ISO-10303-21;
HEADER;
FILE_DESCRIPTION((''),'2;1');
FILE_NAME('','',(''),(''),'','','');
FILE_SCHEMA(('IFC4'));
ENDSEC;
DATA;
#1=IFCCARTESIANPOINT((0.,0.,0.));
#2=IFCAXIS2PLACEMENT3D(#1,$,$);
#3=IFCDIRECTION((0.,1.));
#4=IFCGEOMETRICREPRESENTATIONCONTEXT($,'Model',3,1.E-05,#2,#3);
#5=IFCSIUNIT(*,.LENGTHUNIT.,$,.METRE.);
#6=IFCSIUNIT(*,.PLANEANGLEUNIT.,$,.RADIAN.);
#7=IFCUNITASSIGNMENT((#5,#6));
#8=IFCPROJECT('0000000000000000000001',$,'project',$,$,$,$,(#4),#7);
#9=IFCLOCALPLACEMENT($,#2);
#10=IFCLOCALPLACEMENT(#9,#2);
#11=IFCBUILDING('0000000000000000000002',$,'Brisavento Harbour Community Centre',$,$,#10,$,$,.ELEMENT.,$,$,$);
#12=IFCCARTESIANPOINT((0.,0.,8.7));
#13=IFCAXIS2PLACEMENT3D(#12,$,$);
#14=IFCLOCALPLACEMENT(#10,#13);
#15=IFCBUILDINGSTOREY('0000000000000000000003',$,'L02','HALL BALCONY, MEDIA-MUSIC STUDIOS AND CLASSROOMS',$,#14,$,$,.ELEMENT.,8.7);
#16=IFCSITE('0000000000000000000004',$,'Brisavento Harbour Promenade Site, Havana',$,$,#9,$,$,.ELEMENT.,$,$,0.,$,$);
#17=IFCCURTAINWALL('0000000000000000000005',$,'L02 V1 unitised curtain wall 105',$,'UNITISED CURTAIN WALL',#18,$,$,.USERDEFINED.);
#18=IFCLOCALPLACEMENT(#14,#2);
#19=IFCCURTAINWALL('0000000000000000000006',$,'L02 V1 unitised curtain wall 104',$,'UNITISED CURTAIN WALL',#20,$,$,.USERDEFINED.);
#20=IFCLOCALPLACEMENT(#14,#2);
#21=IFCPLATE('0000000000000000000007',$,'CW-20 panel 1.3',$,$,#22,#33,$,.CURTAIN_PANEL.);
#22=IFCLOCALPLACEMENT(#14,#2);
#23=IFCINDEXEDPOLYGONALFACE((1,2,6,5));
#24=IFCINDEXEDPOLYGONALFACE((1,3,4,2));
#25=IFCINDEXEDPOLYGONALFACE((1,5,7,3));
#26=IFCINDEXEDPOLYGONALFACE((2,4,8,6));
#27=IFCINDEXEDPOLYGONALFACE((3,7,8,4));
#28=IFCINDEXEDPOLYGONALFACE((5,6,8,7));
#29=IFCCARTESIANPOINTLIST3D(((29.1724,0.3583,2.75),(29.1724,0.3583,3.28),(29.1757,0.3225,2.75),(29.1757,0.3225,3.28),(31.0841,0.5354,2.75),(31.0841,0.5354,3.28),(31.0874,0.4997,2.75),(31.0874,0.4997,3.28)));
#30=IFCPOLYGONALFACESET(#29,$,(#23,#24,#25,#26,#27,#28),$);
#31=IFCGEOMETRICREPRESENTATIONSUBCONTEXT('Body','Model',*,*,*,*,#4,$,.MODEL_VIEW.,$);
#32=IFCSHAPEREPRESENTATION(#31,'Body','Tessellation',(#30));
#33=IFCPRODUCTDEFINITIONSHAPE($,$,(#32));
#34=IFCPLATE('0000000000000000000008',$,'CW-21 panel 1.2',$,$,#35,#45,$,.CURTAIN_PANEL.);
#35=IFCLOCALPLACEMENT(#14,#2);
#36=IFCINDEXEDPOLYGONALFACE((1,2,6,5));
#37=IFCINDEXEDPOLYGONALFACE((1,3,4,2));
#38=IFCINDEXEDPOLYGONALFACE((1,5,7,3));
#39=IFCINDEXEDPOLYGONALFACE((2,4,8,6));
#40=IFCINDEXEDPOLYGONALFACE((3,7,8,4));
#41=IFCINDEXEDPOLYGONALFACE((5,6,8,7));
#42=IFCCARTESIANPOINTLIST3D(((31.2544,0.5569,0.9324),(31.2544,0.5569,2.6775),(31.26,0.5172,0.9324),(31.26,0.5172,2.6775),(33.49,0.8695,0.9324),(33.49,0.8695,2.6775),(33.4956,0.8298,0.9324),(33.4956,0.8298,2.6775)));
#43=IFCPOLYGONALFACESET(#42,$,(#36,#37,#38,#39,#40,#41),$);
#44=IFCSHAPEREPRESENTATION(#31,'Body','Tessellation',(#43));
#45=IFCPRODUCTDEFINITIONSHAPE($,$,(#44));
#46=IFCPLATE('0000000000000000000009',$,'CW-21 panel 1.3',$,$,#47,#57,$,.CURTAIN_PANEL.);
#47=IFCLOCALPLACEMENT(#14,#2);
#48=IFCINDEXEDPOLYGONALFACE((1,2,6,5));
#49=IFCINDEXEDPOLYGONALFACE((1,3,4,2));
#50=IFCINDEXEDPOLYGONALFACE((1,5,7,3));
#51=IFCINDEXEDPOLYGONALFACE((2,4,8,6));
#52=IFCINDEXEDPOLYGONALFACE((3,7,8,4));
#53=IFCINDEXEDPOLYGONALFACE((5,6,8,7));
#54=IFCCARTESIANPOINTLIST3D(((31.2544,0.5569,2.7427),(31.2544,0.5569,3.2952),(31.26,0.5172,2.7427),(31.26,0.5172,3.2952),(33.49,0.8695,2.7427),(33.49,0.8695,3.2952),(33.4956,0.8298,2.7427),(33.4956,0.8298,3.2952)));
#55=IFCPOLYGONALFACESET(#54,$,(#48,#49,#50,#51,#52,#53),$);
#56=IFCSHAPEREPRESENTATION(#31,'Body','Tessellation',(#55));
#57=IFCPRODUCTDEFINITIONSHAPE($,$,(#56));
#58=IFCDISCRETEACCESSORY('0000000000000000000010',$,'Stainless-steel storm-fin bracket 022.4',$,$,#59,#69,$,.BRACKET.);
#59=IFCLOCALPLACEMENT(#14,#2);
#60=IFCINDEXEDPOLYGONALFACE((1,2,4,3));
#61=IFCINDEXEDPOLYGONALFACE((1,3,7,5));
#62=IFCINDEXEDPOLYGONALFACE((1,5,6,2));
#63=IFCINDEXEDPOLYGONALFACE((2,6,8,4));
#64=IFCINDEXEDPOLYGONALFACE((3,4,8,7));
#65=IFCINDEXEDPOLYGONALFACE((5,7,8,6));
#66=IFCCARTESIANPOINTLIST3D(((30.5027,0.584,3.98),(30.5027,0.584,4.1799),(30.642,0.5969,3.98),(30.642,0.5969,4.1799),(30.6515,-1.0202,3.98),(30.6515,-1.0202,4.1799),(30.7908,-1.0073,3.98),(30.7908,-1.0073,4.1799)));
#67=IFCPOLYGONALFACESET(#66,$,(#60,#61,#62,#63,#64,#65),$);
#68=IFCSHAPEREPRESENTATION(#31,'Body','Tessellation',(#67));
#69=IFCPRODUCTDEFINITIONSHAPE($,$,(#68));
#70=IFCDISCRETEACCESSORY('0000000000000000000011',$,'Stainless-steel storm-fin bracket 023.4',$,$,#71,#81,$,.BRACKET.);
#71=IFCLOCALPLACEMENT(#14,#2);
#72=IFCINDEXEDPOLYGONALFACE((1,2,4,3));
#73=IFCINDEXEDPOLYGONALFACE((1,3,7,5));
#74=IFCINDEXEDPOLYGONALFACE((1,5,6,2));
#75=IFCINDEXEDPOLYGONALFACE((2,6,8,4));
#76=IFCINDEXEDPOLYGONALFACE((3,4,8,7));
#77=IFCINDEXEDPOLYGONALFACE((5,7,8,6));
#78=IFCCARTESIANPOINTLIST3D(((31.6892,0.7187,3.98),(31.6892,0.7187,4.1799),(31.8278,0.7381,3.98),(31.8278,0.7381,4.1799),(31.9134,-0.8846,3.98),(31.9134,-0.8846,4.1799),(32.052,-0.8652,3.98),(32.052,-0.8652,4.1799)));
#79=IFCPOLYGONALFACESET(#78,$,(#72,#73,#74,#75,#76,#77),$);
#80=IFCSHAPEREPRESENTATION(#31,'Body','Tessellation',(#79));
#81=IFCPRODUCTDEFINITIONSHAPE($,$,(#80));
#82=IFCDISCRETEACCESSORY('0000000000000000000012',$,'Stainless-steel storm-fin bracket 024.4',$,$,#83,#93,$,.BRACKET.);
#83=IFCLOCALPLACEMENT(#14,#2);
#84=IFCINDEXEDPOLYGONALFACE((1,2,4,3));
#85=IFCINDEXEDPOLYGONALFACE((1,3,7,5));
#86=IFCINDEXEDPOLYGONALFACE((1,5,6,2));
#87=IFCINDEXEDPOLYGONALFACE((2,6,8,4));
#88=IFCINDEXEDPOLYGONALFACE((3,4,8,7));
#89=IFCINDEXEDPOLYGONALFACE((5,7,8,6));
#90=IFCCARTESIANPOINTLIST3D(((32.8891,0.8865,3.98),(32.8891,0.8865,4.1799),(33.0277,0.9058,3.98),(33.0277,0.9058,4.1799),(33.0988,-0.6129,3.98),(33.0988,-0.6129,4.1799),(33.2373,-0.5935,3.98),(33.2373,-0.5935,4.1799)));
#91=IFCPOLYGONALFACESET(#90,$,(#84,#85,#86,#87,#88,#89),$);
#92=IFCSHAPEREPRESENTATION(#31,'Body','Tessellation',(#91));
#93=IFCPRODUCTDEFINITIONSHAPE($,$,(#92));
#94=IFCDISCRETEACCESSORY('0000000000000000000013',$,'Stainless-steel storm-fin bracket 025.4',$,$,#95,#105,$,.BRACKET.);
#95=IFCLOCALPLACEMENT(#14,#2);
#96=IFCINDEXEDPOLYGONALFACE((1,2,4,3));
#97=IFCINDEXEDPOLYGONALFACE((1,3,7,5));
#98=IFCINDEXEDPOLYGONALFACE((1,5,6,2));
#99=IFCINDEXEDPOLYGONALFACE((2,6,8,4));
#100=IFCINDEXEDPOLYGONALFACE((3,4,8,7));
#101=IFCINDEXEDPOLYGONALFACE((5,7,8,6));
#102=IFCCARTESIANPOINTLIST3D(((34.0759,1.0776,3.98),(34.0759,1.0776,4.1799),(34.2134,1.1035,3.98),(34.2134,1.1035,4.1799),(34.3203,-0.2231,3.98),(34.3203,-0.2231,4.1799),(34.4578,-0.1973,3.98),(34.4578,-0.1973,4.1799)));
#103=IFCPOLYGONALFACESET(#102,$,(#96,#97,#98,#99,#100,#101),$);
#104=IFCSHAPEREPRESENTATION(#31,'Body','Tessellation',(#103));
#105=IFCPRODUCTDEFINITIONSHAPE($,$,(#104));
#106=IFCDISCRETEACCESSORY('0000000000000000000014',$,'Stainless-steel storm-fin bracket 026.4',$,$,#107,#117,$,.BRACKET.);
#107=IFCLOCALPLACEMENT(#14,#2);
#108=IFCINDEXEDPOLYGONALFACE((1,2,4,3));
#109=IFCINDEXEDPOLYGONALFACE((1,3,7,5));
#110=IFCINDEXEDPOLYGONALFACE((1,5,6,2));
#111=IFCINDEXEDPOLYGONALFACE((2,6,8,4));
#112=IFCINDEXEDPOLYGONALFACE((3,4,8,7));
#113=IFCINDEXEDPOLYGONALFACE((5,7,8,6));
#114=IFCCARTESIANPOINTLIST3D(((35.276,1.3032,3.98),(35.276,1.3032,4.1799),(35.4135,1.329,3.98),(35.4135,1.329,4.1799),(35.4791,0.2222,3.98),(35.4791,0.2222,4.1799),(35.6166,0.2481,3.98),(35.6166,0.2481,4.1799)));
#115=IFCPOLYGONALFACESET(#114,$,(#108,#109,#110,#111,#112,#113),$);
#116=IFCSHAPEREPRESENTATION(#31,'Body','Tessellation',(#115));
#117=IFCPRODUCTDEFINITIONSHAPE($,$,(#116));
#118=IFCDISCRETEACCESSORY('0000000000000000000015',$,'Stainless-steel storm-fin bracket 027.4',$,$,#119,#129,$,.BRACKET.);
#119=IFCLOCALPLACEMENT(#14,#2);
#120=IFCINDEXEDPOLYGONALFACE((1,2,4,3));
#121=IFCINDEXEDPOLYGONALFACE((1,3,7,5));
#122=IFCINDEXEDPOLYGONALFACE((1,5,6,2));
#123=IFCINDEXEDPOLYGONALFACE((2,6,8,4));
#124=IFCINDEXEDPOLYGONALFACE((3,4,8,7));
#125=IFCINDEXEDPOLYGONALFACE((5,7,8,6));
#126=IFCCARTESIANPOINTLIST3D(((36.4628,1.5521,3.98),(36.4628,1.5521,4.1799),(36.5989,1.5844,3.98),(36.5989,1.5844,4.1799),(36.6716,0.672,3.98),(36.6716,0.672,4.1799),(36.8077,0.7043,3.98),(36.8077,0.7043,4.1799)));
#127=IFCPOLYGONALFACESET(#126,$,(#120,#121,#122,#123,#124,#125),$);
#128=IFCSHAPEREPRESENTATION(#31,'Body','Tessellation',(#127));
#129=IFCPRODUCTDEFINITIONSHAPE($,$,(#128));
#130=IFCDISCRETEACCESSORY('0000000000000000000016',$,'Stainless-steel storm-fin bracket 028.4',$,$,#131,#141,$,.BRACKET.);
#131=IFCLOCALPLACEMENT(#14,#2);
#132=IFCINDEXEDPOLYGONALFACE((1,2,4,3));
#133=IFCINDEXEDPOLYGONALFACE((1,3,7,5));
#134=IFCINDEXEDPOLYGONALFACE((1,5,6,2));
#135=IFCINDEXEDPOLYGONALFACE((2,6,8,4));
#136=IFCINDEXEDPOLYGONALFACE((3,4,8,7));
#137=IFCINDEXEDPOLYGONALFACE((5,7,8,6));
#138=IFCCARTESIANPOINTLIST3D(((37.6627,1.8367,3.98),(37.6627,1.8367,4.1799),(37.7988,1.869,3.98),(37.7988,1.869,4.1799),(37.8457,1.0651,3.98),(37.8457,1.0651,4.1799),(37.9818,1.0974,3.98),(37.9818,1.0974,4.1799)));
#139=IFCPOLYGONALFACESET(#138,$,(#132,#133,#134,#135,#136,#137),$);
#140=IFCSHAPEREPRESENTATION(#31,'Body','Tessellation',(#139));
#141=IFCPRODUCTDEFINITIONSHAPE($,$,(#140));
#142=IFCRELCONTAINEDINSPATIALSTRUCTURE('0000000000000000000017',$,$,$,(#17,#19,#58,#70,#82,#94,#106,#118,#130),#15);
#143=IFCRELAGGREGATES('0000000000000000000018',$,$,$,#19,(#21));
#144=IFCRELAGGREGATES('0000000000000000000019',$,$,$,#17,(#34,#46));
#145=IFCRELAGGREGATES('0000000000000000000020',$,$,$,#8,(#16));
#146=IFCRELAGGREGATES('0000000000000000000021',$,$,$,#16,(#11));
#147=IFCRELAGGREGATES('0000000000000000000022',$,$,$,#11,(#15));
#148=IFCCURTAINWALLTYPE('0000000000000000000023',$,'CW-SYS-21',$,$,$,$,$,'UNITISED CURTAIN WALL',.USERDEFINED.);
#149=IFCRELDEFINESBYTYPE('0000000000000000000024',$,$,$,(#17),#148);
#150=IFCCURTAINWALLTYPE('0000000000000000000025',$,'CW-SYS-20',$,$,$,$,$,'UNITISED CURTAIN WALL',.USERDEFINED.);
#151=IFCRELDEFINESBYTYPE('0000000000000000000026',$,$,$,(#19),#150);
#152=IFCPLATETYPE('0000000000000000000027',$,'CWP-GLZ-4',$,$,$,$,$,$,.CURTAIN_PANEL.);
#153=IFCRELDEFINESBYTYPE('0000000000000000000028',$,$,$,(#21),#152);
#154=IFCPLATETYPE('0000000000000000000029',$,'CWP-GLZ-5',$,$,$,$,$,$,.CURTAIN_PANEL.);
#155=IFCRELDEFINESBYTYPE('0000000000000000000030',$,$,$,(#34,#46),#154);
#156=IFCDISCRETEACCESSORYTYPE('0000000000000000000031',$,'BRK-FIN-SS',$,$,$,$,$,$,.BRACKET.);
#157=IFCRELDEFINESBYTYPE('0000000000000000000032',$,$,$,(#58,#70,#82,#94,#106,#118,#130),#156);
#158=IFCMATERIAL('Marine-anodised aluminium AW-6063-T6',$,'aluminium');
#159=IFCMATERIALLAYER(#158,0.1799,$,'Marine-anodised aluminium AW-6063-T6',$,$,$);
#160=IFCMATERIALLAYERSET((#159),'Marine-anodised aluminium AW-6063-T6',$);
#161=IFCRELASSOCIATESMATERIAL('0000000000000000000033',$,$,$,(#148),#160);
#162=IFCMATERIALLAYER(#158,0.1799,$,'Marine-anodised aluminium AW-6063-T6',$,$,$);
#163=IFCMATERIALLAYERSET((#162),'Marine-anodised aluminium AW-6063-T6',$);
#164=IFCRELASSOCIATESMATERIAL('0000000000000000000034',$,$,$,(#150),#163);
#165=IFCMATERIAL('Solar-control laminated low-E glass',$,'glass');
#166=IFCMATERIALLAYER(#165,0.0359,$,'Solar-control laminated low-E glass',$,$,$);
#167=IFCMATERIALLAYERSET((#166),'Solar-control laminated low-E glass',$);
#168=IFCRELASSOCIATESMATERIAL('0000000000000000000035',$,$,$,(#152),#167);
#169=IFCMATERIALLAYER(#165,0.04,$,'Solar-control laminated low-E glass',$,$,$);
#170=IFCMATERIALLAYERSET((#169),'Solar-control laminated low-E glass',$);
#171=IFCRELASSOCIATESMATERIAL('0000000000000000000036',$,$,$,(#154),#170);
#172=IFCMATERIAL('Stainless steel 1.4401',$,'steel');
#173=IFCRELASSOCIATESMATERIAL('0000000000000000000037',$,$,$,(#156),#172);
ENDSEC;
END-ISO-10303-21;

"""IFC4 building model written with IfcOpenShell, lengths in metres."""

from ifc_helpers import new_model, si_unit, direction, frame, origin, origin_2d, place, context, subcontext, project, spatial, rectangle, extrude, material, layer, layer_set, type_object, element, aggregate, save


model = new_model("IFC4")

# Units and contexts
model_context = context("Model", 3, precision=1e-05, world=origin(), true_north=direction((0.0, 1.0)))
body_context = subcontext(model_context, "Body", "Model", "MODEL_VIEW")
ifc_project = project(units=[si_unit("LENGTHUNIT", "METRE"), si_unit("PLANEANGLEUNIT", "RADIAN")], contexts=[model_context])

# Site, building, storey
site_placement = place(None, origin())
site = spatial("IfcSite", under=ifc_project, at=site_placement, Name="Brisavento Harbour Promenade Site, Havana", CompositionType="ELEMENT", RefElevation=0.0)
building_placement = place(site_placement, origin())
building = spatial("IfcBuilding", under=site, at=building_placement, Name="Brisavento Harbour Community Centre", CompositionType="ELEMENT")
storey_placement = place(building_placement, frame((0.0, 0.0, 8.7)))
storey = spatial("IfcBuildingStorey", under=building, at=storey_placement, Name="L02", Description="HALL BALCONY, MEDIA-MUSIC STUDIOS AND CLASSROOMS", CompositionType="ELEMENT", Elevation=8.7)

# Curtain walls
ifc_material_1 = material(Name="Marine-anodised aluminium AW-6063-T6", Category="aluminium")
ifc_layer_1 = layer(ifc_material_1, 0.1799, Name="Marine-anodised aluminium AW-6063-T6")
ifc_layer_set_1 = layer_set([ifc_layer_1], Name="Marine-anodised aluminium AW-6063-T6")
curtain_wall_type_1 = type_object("IfcCurtainWallType", Name="CW-SYS-21", ElementType="UNITISED CURTAIN WALL", PredefinedType="USERDEFINED", material=ifc_layer_set_1)
curtain_wall_1_placement = place(storey_placement, origin())
curtain_wall_1 = element("IfcCurtainWall", 1, at=curtain_wall_1_placement, inside=storey, type_object=curtain_wall_type_1, Name="L02 V1 unitised curtain wall 105", ObjectType="UNITISED CURTAIN WALL", PredefinedType="USERDEFINED")
ifc_layer_2 = layer(ifc_material_1, 0.1799, Name="Marine-anodised aluminium AW-6063-T6")
ifc_layer_set_2 = layer_set([ifc_layer_2], Name="Marine-anodised aluminium AW-6063-T6")
curtain_wall_type_2 = type_object("IfcCurtainWallType", Name="CW-SYS-20", ElementType="UNITISED CURTAIN WALL", PredefinedType="USERDEFINED", material=ifc_layer_set_2)
curtain_wall_2_placement = place(storey_placement, origin())
curtain_wall_2 = element("IfcCurtainWall", 2, at=curtain_wall_2_placement, inside=storey, type_object=curtain_wall_type_2, Name="L02 V1 unitised curtain wall 104", ObjectType="UNITISED CURTAIN WALL", PredefinedType="USERDEFINED")

# Shared definitions
ifc_material_2 = material(Name="Solar-control laminated low-E glass", Category="glass")

# Plates
ifc_layer_3 = layer(ifc_material_2, 0.0359, Name="Solar-control laminated low-E glass")
ifc_layer_set_3 = layer_set([ifc_layer_3], Name="Solar-control laminated low-E glass")
plate_type_1 = type_object("IfcPlateType", Name="CWP-GLZ-4", PredefinedType="CURTAIN_PANEL", material=ifc_layer_set_3)
plate_1_placement = place(storey_placement, frame((30.1299, 0.429, 2.75), z_axis=(0.0, 0.0, 1.0), x_axis=(-0.995735, -0.092261, 0.0)))
plate_1 = element("IfcPlate", 3, at=plate_1_placement, type_object=plate_type_1, Name="CW-20 panel 1.3", PredefinedType="CURTAIN_PANEL", context=body_context, shape_type="SweptSolid", body=[
    extrude(rectangle(XDim=1.9199, YDim=0.0359, at=origin_2d()), origin(), (0.0, 0.0, 1.0), 0.53),
])
aggregate(curtain_wall_2, [plate_1])
ifc_layer_4 = layer(ifc_material_2, 0.04, Name="Solar-control laminated low-E glass")
ifc_layer_set_4 = layer_set([ifc_layer_4], Name="Solar-control laminated low-E glass")
plate_type_2 = type_object("IfcPlateType", Name="CWP-GLZ-5", PredefinedType="CURTAIN_PANEL", material=ifc_layer_set_4)
plate_2_placement = place(storey_placement, frame((32.375, 0.6934, 0.9324), z_axis=(0.0, 0.0, 1.0), x_axis=(-0.990366, -0.138477, 0.0)))
plate_2 = element("IfcPlate", 4, at=plate_2_placement, type_object=plate_type_2, Name="CW-21 panel 1.2", PredefinedType="CURTAIN_PANEL", context=body_context, shape_type="SweptSolid", body=[
    extrude(rectangle(XDim=2.2573, YDim=0.04, at=origin_2d()), origin(), (0.0, 0.0, 1.0), 1.7451),
])
plate_3_placement = place(storey_placement, frame((32.375, 0.6934, 2.7427), z_axis=(0.0, 0.0, 1.0), x_axis=(-0.990366, -0.138477, 0.0)))
plate_3 = element("IfcPlate", 5, at=plate_3_placement, type_object=plate_type_2, Name="CW-21 panel 1.3", PredefinedType="CURTAIN_PANEL", context=body_context, shape_type="SweptSolid", body=[
    extrude(rectangle(XDim=2.2573, YDim=0.04, at=origin_2d()), origin(), (0.0, 0.0, 1.0), 0.5525),
])
aggregate(curtain_wall_1, [plate_2, plate_3])

# Discrete accessories
ifc_material_3 = material(Name="Stainless steel 1.4401", Category="steel")
discrete_accessory_type = type_object("IfcDiscreteAccessoryType", Name="BRK-FIN-SS", PredefinedType="BRACKET", material=ifc_material_3)
discrete_accessory_1_placement = place(storey_placement, frame((30.6467, -0.2117, 3.98), z_axis=(0.0, 0.0, 1.0), x_axis=(0.092336, -0.995728, 0.0)))
element("IfcDiscreteAccessory", 6, at=discrete_accessory_1_placement, inside=storey, type_object=discrete_accessory_type, Name="Stainless-steel storm-fin bracket 022.4", PredefinedType="BRACKET", context=body_context, shape_type="SweptSolid", body=[
    extrude(rectangle(XDim=1.6111, YDim=0.1399, at=origin_2d()), origin(), (0.0, 0.0, 1.0), 0.2),
])
discrete_accessory_2_placement = place(storey_placement, frame((31.8706, -0.0732, 3.98), z_axis=(0.0, 0.0, 1.0), x_axis=(0.138499, -0.990363, 0.0)))
element("IfcDiscreteAccessory", 7, at=discrete_accessory_2_placement, inside=storey, type_object=discrete_accessory_type, Name="Stainless-steel storm-fin bracket 023.4", PredefinedType="BRACKET", context=body_context, shape_type="SweptSolid", body=[
    extrude(rectangle(XDim=1.6189, YDim=0.1399, at=origin_2d()), origin(), (0.0, 0.0, 1.0), 0.2),
])
discrete_accessory_3_placement = place(storey_placement, frame((33.0632, 0.1465, 3.98), z_axis=(0.0, 0.0, 1.0), x_axis=(0.138499, -0.990363, 0.0)))
element("IfcDiscreteAccessory", 8, at=discrete_accessory_3_placement, inside=storey, type_object=discrete_accessory_type, Name="Stainless-steel storm-fin bracket 024.4", PredefinedType="BRACKET", context=body_context, shape_type="SweptSolid", body=[
    extrude(rectangle(XDim=1.5139, YDim=0.1399, at=origin_2d()), origin(), (0.0, 0.0, 1.0), 0.2),
])
discrete_accessory_4_placement = place(storey_placement, frame((34.2668, 0.4402, 3.98), z_axis=(0.0, 0.0, 1.0), x_axis=(0.184672, -0.9828, 0.0)))
element("IfcDiscreteAccessory", 9, at=discrete_accessory_4_placement, inside=storey, type_object=discrete_accessory_type, Name="Stainless-steel storm-fin bracket 025.4", PredefinedType="BRACKET", context=body_context, shape_type="SweptSolid", body=[
    extrude(rectangle(XDim=1.3235, YDim=0.1399, at=origin_2d()), origin(), (0.0, 0.0, 1.0), 0.2),
])
discrete_accessory_5_placement = place(storey_placement, frame((35.4463, 0.7756, 3.98), z_axis=(0.0, 0.0, 1.0), x_axis=(0.184672, -0.9828, 0.0)))
element("IfcDiscreteAccessory", 10, at=discrete_accessory_5_placement, inside=storey, type_object=discrete_accessory_type, Name="Stainless-steel storm-fin bracket 026.4", PredefinedType="BRACKET", context=body_context, shape_type="SweptSolid", body=[
    extrude(rectangle(XDim=1.0999, YDim=0.1399, at=origin_2d()), origin(), (0.0, 0.0, 1.0), 0.2),
])
discrete_accessory_6_placement = place(storey_placement, frame((36.6353, 1.1282, 3.98), z_axis=(0.0, 0.0, 1.0), x_axis=(0.230831, -0.972994, 0.0)))
element("IfcDiscreteAccessory", 11, at=discrete_accessory_6_placement, inside=storey, type_object=discrete_accessory_type, Name="Stainless-steel storm-fin bracket 027.4", PredefinedType="BRACKET", context=body_context, shape_type="SweptSolid", body=[
    extrude(rectangle(XDim=0.9045, YDim=0.1399, at=origin_2d()), origin(), (0.0, 0.0, 1.0), 0.2),
])
discrete_accessory_7_placement = place(storey_placement, frame((37.8223, 1.467, 3.98), z_axis=(0.0, 0.0, 1.0), x_axis=(0.230831, -0.972994, 0.0)))
element("IfcDiscreteAccessory", 12, at=discrete_accessory_7_placement, inside=storey, type_object=discrete_accessory_type, Name="Stainless-steel storm-fin bracket 028.4", PredefinedType="BRACKET", context=body_context, shape_type="SweptSolid", body=[
    extrude(rectangle(XDim=0.793, YDim=0.1399, at=origin_2d()), origin(), (0.0, 0.0, 1.0), 0.2),
])

save(model, "model.ifc")
